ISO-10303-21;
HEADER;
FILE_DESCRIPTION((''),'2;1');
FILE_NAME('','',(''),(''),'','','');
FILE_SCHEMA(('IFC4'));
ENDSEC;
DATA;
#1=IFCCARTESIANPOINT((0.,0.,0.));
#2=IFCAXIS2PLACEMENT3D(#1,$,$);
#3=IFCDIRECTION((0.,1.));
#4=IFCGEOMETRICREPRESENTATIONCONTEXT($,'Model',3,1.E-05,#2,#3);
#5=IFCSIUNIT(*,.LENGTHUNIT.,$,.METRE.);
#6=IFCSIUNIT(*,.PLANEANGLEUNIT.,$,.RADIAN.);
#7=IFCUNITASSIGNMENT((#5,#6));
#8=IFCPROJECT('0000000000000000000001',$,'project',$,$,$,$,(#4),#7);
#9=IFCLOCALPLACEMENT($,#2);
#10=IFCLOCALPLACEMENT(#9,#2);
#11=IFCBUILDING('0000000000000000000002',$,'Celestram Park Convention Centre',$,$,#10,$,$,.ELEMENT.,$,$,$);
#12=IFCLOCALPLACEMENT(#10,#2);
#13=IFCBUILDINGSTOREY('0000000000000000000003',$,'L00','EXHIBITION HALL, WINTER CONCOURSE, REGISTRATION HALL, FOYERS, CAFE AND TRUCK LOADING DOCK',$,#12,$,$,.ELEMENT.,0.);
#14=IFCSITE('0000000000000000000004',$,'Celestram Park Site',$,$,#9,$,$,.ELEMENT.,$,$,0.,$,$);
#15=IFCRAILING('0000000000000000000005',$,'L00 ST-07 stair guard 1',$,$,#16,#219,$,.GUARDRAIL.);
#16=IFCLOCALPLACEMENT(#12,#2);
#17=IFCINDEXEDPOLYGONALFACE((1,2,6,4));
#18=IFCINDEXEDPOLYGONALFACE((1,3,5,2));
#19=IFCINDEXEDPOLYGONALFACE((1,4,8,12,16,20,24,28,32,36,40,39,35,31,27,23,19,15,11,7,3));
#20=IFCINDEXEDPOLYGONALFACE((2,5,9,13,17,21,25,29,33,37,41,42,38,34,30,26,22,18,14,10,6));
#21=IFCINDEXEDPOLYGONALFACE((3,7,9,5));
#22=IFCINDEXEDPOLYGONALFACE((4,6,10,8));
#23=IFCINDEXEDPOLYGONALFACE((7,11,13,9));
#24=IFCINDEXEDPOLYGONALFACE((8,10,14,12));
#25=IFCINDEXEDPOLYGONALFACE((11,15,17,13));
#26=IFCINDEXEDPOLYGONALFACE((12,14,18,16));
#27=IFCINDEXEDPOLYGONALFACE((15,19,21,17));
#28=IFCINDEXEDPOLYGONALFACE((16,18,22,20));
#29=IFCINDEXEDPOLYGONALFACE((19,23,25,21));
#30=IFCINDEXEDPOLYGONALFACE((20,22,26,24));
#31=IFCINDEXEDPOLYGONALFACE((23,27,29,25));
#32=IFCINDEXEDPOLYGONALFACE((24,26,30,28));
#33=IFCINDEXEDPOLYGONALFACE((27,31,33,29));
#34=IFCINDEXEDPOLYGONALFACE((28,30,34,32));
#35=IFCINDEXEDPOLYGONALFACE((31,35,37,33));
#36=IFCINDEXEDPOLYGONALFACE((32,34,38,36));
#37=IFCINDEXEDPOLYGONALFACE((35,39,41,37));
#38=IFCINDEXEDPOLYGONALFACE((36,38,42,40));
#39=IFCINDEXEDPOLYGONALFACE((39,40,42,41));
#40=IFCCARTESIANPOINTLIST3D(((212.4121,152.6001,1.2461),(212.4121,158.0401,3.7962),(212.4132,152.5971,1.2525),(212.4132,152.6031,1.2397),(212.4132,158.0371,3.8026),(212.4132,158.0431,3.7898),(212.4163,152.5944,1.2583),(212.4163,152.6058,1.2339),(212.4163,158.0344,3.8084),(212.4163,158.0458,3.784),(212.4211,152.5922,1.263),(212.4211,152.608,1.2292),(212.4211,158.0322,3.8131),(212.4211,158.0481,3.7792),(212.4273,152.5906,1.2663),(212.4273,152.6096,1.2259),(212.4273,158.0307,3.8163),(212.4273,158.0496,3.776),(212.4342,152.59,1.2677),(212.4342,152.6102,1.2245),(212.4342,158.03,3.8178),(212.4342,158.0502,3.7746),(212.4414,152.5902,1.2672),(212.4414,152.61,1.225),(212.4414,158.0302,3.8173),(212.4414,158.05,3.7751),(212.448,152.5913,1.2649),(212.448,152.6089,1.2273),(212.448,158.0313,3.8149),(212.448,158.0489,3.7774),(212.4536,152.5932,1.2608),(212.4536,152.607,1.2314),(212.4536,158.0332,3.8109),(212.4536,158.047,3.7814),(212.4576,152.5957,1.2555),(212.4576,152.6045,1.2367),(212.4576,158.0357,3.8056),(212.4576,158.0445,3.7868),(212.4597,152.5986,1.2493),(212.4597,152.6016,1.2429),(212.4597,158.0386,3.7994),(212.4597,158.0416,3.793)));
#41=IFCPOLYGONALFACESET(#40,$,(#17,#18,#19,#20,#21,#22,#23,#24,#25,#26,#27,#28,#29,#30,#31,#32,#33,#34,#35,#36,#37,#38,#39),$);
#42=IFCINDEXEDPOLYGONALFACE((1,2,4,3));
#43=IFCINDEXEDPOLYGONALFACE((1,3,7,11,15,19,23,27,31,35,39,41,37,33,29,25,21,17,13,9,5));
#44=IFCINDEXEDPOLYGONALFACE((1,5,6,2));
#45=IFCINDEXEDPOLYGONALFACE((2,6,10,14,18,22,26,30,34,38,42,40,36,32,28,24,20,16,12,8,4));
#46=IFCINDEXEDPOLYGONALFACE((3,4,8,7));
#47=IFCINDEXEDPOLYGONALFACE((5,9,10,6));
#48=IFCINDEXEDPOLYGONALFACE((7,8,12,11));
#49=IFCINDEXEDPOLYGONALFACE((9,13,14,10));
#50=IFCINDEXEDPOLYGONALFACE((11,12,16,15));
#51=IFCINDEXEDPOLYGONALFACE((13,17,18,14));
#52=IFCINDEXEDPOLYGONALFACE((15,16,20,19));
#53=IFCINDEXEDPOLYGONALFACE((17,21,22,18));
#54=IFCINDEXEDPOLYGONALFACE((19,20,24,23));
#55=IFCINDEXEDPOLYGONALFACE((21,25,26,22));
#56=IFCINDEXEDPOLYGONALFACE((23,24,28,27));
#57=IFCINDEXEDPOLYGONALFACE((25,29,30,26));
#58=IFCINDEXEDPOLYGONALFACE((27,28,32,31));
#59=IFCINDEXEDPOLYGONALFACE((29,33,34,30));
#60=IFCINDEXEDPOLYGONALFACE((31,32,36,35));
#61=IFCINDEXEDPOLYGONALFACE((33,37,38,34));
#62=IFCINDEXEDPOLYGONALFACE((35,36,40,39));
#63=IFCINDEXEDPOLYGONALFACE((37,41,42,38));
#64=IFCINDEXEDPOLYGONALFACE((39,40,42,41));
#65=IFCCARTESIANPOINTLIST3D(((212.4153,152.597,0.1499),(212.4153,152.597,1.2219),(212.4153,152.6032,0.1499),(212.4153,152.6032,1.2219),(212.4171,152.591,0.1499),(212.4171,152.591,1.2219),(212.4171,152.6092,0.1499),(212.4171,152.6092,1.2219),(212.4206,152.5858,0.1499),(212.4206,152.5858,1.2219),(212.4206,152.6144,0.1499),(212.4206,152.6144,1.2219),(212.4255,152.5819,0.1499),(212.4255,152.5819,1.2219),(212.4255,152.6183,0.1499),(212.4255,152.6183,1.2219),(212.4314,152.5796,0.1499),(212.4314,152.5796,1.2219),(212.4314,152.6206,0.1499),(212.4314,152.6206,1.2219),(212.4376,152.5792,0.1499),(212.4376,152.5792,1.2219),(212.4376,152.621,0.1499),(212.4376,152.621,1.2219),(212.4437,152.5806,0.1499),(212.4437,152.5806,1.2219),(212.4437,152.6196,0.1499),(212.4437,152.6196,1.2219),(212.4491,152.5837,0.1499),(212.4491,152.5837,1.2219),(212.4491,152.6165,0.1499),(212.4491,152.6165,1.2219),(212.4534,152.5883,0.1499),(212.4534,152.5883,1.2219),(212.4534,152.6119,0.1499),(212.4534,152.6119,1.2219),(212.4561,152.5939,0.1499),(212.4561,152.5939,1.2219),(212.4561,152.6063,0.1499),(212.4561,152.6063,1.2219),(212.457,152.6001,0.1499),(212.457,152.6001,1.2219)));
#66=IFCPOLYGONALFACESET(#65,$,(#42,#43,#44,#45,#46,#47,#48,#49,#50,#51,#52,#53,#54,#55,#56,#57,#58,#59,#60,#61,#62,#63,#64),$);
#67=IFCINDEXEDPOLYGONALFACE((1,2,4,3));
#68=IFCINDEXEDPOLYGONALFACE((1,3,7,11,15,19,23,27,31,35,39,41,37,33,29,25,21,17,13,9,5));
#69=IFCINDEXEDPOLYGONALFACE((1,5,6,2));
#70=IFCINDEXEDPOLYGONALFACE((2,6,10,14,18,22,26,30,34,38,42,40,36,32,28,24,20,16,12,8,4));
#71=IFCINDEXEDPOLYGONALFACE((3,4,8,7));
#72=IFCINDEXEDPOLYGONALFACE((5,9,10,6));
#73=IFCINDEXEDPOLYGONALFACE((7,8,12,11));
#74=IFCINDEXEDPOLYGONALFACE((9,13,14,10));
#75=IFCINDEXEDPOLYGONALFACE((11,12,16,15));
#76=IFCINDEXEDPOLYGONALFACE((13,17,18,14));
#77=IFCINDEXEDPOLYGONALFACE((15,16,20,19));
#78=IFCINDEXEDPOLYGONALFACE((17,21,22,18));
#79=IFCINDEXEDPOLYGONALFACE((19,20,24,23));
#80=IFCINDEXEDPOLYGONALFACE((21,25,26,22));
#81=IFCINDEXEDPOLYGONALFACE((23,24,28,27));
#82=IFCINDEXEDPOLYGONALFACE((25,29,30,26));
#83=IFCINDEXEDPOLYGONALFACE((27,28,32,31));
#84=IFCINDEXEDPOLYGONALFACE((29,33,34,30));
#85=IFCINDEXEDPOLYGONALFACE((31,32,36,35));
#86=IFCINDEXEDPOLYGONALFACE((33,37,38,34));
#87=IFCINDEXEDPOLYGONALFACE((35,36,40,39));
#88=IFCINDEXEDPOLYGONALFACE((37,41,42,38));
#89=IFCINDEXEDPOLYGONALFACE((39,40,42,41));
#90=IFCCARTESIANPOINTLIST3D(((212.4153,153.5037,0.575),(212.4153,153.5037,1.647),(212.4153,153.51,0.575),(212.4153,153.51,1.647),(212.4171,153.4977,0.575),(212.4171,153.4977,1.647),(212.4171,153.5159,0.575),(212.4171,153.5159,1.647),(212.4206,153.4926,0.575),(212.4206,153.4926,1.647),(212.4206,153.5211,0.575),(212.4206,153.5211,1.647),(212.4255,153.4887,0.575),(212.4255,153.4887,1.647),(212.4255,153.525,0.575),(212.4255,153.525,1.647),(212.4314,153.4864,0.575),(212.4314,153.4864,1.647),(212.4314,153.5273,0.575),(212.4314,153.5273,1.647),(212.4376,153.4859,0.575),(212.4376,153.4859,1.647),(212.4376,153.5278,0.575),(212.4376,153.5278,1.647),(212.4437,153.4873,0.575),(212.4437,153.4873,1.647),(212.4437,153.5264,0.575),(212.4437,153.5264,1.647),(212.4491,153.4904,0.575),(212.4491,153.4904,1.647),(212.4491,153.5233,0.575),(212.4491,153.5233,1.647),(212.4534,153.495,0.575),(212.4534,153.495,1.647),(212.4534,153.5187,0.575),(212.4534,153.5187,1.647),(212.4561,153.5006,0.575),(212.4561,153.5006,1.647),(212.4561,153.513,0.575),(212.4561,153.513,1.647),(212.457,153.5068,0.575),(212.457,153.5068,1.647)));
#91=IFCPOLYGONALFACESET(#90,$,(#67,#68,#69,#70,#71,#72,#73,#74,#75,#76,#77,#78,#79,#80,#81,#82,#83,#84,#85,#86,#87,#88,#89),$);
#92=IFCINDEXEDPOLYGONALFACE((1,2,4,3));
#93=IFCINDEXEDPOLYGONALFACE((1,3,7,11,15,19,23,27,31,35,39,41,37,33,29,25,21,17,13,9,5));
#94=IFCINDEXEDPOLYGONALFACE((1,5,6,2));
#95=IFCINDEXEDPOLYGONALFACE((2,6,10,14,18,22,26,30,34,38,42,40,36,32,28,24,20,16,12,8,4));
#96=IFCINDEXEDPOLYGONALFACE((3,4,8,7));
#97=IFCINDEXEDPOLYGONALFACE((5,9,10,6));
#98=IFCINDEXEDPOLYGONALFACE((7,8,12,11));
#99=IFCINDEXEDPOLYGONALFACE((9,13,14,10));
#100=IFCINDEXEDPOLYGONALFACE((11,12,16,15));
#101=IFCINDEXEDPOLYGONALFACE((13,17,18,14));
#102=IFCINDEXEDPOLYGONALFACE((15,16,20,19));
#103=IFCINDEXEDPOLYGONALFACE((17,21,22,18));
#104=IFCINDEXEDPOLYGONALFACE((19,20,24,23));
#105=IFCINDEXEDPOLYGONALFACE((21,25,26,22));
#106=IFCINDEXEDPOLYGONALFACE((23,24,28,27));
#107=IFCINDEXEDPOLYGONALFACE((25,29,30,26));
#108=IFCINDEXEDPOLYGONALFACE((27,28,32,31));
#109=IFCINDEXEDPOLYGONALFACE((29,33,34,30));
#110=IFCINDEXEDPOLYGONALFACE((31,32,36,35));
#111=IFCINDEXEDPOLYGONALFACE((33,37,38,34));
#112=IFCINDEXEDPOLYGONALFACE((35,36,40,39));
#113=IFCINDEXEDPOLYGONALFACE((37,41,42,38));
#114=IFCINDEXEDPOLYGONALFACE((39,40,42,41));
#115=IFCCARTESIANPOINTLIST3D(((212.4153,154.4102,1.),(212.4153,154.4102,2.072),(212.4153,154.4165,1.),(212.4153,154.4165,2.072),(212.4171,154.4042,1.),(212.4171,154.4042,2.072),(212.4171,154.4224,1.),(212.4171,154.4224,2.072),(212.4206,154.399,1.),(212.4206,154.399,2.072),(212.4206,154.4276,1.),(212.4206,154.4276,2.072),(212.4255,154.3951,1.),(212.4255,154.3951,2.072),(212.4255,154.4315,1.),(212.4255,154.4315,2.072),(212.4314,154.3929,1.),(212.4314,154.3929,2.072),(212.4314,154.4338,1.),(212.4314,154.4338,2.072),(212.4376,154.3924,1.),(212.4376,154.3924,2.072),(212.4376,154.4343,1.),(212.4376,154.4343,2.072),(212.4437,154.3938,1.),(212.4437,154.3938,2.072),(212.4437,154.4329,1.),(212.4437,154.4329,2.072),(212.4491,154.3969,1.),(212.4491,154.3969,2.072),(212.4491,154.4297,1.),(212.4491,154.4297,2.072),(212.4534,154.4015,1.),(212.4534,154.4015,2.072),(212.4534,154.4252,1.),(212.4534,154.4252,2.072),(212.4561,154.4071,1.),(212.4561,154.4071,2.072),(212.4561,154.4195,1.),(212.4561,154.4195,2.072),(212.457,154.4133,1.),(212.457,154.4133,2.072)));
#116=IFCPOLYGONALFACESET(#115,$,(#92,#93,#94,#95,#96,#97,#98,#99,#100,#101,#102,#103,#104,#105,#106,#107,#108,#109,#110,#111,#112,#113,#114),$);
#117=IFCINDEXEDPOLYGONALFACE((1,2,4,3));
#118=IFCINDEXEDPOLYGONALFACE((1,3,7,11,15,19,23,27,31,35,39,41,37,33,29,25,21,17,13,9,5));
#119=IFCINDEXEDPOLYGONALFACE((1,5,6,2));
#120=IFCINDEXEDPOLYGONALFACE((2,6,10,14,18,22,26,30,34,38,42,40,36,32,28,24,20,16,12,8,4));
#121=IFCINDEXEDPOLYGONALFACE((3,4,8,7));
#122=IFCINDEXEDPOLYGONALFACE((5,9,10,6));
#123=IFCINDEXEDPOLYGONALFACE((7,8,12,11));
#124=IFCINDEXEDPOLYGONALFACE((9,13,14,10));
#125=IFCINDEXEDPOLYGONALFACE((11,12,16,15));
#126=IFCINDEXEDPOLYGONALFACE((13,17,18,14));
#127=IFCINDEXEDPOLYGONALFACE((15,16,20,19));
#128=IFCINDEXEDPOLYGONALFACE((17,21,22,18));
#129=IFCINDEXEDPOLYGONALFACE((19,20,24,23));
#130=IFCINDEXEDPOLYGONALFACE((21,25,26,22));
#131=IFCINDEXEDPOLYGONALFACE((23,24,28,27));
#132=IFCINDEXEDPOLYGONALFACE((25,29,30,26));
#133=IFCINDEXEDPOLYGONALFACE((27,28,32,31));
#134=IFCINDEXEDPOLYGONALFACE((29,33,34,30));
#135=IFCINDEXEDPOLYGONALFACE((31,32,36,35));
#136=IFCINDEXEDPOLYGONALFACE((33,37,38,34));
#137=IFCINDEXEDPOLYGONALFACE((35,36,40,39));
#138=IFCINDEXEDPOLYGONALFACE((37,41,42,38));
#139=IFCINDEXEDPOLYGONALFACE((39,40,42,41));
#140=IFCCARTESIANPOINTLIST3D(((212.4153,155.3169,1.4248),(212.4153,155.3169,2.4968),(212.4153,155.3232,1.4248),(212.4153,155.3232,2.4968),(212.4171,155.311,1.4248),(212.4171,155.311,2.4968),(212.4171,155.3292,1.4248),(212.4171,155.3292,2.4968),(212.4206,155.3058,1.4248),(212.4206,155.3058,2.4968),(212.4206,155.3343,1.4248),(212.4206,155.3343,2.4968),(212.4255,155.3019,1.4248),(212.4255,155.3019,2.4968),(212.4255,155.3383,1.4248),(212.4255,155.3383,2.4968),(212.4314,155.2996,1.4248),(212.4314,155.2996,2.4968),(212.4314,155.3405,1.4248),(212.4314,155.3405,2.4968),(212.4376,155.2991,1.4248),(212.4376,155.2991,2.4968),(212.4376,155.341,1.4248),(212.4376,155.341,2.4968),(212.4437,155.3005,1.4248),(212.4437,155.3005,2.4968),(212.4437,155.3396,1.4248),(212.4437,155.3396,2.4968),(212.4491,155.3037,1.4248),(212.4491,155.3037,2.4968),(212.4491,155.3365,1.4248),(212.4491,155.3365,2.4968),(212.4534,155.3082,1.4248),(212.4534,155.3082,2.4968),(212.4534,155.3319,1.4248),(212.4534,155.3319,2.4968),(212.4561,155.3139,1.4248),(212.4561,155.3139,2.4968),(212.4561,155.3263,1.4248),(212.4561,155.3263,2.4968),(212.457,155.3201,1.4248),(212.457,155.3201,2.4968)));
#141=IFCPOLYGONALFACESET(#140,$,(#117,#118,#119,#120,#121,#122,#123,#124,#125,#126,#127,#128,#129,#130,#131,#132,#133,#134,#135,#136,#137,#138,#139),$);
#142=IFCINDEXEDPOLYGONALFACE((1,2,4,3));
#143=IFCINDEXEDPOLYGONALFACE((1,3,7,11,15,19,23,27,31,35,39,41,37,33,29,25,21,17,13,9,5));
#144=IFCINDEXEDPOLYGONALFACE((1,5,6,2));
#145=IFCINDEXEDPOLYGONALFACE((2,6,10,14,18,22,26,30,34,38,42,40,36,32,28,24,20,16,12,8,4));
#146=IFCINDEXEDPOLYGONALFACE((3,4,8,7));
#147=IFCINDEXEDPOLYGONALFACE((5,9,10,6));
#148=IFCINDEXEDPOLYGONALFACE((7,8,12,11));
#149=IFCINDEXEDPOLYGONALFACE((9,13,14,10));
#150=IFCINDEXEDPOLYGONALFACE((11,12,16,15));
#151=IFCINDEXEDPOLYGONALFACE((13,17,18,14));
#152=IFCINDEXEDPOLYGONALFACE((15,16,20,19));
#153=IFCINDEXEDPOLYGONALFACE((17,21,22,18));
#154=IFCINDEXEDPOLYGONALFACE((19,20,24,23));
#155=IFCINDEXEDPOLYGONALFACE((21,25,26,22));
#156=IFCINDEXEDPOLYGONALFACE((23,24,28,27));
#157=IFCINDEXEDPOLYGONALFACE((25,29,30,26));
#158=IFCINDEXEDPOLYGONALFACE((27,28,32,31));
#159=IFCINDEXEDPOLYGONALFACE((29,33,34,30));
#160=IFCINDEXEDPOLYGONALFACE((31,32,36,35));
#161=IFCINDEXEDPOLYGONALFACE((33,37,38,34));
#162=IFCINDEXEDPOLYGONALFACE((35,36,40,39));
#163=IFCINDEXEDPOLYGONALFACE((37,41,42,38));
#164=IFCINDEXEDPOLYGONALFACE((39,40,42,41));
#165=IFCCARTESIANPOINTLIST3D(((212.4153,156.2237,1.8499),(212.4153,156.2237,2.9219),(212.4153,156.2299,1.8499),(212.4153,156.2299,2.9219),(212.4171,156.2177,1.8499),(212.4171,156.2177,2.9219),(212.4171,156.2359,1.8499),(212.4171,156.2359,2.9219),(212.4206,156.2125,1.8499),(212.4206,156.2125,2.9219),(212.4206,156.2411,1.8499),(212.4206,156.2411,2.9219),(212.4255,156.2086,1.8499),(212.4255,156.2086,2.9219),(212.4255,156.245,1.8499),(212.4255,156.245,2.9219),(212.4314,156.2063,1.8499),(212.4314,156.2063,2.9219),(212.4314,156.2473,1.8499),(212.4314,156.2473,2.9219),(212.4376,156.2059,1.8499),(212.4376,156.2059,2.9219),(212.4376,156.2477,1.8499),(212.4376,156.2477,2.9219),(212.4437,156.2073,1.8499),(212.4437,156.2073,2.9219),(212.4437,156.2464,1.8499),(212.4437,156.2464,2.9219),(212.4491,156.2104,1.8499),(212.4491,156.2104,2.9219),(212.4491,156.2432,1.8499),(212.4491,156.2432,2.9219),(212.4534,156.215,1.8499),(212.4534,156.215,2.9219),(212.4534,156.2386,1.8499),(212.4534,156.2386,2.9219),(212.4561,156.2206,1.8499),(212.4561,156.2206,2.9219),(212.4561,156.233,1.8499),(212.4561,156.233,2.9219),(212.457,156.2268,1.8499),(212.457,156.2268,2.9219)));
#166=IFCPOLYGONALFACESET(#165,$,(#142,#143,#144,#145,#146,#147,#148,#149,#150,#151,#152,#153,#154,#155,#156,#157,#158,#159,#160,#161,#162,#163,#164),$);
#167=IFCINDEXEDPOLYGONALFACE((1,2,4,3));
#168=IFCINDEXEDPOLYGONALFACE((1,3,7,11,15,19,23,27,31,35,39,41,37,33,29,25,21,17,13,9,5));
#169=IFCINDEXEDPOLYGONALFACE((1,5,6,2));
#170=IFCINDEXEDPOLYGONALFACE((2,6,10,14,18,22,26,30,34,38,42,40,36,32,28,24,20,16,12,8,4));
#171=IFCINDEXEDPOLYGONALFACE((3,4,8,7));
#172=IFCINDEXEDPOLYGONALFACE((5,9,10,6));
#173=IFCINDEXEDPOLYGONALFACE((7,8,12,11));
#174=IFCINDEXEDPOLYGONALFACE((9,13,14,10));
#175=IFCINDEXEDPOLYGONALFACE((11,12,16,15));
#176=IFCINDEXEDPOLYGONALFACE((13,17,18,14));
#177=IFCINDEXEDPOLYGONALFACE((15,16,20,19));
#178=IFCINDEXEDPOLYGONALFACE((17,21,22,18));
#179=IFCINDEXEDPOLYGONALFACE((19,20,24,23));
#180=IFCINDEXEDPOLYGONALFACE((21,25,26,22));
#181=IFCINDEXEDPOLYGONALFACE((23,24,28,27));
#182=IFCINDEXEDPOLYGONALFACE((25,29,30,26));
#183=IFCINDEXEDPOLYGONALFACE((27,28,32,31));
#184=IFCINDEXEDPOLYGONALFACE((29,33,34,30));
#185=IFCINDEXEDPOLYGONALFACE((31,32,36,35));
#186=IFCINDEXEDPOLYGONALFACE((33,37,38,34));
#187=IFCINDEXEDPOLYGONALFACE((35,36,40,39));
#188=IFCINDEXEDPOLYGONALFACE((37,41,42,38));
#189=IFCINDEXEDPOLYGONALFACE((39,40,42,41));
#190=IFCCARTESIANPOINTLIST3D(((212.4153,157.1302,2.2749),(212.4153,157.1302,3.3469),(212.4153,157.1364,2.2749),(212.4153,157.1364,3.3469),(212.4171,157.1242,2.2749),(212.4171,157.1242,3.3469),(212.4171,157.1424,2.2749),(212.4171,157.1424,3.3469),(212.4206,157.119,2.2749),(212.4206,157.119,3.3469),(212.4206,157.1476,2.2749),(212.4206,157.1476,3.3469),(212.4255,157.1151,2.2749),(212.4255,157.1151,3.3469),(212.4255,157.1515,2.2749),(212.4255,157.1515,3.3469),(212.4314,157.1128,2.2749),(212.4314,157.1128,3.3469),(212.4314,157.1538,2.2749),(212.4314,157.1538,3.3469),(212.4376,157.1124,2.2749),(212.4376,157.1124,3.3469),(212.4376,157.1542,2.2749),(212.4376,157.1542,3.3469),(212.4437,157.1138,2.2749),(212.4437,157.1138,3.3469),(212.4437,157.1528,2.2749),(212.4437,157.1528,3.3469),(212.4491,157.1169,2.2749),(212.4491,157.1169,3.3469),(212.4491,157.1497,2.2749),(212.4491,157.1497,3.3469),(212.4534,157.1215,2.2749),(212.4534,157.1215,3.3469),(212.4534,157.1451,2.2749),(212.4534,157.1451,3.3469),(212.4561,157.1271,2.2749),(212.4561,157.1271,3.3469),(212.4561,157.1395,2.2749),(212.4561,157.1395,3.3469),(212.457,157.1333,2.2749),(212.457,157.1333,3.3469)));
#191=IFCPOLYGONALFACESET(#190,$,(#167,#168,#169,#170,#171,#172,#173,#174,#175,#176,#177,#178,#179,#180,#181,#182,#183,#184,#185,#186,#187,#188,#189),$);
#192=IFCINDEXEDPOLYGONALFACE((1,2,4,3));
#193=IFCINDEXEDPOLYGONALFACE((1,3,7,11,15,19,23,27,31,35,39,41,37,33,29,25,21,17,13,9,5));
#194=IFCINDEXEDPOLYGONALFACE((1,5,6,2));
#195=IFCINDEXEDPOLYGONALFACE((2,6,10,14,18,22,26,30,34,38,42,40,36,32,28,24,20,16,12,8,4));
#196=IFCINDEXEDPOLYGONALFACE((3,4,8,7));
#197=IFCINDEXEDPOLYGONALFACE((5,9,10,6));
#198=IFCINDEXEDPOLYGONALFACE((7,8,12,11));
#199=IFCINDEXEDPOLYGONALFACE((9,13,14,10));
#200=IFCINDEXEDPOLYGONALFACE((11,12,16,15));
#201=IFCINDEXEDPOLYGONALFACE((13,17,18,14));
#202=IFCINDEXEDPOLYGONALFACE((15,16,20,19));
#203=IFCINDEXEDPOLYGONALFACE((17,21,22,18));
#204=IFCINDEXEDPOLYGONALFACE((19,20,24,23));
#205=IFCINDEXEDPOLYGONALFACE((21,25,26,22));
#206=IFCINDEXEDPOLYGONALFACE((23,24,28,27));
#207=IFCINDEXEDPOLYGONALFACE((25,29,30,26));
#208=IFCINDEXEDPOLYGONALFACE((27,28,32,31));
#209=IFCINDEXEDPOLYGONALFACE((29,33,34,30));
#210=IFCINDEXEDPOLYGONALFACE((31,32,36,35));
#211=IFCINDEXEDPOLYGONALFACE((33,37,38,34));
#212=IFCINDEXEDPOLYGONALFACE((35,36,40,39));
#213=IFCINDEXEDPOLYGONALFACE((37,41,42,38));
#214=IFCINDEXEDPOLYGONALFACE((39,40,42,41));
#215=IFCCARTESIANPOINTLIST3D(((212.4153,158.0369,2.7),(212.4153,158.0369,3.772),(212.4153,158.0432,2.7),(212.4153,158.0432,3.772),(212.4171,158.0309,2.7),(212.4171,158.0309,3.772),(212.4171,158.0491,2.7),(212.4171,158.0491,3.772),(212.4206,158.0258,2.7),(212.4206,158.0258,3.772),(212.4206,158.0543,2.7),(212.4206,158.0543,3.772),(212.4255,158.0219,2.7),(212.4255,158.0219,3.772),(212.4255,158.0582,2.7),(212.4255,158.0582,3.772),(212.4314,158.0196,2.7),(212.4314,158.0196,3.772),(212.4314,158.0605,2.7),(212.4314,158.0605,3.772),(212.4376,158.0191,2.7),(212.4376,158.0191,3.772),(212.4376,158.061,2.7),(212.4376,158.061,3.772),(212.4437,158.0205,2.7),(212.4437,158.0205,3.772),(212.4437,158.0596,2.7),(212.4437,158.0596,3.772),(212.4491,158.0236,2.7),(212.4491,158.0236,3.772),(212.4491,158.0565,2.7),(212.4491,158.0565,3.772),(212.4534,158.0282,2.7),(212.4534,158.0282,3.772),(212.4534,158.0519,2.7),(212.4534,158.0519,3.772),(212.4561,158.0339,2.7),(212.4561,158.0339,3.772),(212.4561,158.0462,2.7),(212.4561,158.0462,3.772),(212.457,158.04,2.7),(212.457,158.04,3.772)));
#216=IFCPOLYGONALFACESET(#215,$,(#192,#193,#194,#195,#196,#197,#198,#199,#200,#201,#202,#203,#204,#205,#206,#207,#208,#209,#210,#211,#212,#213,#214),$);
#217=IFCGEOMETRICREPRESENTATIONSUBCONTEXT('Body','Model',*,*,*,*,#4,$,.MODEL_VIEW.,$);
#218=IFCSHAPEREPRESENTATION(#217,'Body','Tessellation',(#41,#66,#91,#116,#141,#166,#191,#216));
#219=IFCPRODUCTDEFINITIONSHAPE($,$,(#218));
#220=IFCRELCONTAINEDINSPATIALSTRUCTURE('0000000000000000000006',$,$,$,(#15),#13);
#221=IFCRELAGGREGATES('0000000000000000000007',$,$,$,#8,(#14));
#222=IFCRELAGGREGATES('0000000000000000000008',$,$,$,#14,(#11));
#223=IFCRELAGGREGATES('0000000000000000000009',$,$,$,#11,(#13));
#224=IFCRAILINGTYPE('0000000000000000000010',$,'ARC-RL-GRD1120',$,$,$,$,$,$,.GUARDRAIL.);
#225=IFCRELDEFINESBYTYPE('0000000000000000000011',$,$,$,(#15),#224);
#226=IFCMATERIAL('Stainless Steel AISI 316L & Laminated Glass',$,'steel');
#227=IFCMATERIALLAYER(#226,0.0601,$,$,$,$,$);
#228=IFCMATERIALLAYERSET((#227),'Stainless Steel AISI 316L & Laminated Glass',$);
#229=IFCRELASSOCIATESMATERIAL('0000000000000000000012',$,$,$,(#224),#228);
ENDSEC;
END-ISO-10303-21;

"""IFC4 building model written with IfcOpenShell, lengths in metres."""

from ifc_helpers import new_model, si_unit, direction, frame, origin, origin_2d, place, context, subcontext, project, spatial, circle, extrude, material, layer, layer_set, type_object, element, save


model = new_model("IFC4")

# Units and contexts
model_context = context("Model", 3, precision=1e-05, world=origin(), true_north=direction((0.0, 1.0)))
body_context = subcontext(model_context, "Body", "Model", "MODEL_VIEW")
ifc_project = project(units=[si_unit("LENGTHUNIT", "METRE"), si_unit("PLANEANGLEUNIT", "RADIAN")], contexts=[model_context])

# Site, building, storey
site_placement = place(None, origin())
site = spatial("IfcSite", under=ifc_project, at=site_placement, Name="Celestram Park Site", CompositionType="ELEMENT", RefElevation=0.0)
building_placement = place(site_placement, origin())
building = spatial("IfcBuilding", under=site, at=building_placement, Name="Celestram Park Convention Centre", CompositionType="ELEMENT")
storey_placement = place(building_placement, origin())
storey = spatial("IfcBuildingStorey", under=building, at=storey_placement, Name="L00", Description="EXHIBITION HALL, WINTER CONCOURSE, REGISTRATION HALL, FOYERS, CAFE AND TRUCK LOADING DOCK", CompositionType="ELEMENT", Elevation=0.0)

# Railing
ifc_material_1 = material(Name="Stainless Steel AISI 316L & Laminated Glass", Category="steel")
ifc_layer_1 = layer(ifc_material_1, 0.0601)
ifc_layer_set_1 = layer_set([ifc_layer_1], Name="Stainless Steel AISI 316L & Laminated Glass")
railing_type_1 = type_object("IfcRailingType", Name="ARC-RL-GRD1120", PredefinedType="GUARDRAIL", material=ifc_layer_set_1)
railing_1_placement = place(storey_placement, frame((212.436, 152.6001, 0.1499)))
element("IfcRailing", 1, at=railing_1_placement, inside=storey, type_object=railing_type_1, Name="L00 ST-07 stair guard 1", PredefinedType="GUARDRAIL", context=body_context, shape_type="SweptSolid", body=[
    extrude(circle(Radius=0.0239, at=origin_2d()), frame((0.0, 0.0, 1.0962), z_axis=(0.0, 0.905454, 0.424444), x_axis=(-1.0, 0.0, 0.0)), (0.0, 0.0, 1.0), 6.0081),
    extrude(circle(Radius=0.021, at=origin_2d()), origin(), (0.0, 0.0, 1.0), 1.072),
    extrude(circle(Radius=0.021, at=origin_2d()), frame((0.0, 0.9067, 0.425)), (0.0, 0.0, 1.0), 1.072),
    extrude(circle(Radius=0.021, at=origin_2d()), frame((0.0, 1.8132, 0.8501)), (0.0, 0.0, 1.0), 1.072),
    extrude(circle(Radius=0.021, at=origin_2d()), frame((0.0, 2.72, 1.2749)), (0.0, 0.0, 1.0), 1.072),
    extrude(circle(Radius=0.021, at=origin_2d()), frame((0.0, 3.6267, 1.7)), (0.0, 0.0, 1.0), 1.072),
    extrude(circle(Radius=0.021, at=origin_2d()), frame((0.0, 4.5332, 2.125)), (0.0, 0.0, 1.0), 1.072),
    extrude(circle(Radius=0.021, at=origin_2d()), frame((0.0, 5.4399, 2.55)), (0.0, 0.0, 1.0), 1.072),
])

save(model, "model.ifc")
